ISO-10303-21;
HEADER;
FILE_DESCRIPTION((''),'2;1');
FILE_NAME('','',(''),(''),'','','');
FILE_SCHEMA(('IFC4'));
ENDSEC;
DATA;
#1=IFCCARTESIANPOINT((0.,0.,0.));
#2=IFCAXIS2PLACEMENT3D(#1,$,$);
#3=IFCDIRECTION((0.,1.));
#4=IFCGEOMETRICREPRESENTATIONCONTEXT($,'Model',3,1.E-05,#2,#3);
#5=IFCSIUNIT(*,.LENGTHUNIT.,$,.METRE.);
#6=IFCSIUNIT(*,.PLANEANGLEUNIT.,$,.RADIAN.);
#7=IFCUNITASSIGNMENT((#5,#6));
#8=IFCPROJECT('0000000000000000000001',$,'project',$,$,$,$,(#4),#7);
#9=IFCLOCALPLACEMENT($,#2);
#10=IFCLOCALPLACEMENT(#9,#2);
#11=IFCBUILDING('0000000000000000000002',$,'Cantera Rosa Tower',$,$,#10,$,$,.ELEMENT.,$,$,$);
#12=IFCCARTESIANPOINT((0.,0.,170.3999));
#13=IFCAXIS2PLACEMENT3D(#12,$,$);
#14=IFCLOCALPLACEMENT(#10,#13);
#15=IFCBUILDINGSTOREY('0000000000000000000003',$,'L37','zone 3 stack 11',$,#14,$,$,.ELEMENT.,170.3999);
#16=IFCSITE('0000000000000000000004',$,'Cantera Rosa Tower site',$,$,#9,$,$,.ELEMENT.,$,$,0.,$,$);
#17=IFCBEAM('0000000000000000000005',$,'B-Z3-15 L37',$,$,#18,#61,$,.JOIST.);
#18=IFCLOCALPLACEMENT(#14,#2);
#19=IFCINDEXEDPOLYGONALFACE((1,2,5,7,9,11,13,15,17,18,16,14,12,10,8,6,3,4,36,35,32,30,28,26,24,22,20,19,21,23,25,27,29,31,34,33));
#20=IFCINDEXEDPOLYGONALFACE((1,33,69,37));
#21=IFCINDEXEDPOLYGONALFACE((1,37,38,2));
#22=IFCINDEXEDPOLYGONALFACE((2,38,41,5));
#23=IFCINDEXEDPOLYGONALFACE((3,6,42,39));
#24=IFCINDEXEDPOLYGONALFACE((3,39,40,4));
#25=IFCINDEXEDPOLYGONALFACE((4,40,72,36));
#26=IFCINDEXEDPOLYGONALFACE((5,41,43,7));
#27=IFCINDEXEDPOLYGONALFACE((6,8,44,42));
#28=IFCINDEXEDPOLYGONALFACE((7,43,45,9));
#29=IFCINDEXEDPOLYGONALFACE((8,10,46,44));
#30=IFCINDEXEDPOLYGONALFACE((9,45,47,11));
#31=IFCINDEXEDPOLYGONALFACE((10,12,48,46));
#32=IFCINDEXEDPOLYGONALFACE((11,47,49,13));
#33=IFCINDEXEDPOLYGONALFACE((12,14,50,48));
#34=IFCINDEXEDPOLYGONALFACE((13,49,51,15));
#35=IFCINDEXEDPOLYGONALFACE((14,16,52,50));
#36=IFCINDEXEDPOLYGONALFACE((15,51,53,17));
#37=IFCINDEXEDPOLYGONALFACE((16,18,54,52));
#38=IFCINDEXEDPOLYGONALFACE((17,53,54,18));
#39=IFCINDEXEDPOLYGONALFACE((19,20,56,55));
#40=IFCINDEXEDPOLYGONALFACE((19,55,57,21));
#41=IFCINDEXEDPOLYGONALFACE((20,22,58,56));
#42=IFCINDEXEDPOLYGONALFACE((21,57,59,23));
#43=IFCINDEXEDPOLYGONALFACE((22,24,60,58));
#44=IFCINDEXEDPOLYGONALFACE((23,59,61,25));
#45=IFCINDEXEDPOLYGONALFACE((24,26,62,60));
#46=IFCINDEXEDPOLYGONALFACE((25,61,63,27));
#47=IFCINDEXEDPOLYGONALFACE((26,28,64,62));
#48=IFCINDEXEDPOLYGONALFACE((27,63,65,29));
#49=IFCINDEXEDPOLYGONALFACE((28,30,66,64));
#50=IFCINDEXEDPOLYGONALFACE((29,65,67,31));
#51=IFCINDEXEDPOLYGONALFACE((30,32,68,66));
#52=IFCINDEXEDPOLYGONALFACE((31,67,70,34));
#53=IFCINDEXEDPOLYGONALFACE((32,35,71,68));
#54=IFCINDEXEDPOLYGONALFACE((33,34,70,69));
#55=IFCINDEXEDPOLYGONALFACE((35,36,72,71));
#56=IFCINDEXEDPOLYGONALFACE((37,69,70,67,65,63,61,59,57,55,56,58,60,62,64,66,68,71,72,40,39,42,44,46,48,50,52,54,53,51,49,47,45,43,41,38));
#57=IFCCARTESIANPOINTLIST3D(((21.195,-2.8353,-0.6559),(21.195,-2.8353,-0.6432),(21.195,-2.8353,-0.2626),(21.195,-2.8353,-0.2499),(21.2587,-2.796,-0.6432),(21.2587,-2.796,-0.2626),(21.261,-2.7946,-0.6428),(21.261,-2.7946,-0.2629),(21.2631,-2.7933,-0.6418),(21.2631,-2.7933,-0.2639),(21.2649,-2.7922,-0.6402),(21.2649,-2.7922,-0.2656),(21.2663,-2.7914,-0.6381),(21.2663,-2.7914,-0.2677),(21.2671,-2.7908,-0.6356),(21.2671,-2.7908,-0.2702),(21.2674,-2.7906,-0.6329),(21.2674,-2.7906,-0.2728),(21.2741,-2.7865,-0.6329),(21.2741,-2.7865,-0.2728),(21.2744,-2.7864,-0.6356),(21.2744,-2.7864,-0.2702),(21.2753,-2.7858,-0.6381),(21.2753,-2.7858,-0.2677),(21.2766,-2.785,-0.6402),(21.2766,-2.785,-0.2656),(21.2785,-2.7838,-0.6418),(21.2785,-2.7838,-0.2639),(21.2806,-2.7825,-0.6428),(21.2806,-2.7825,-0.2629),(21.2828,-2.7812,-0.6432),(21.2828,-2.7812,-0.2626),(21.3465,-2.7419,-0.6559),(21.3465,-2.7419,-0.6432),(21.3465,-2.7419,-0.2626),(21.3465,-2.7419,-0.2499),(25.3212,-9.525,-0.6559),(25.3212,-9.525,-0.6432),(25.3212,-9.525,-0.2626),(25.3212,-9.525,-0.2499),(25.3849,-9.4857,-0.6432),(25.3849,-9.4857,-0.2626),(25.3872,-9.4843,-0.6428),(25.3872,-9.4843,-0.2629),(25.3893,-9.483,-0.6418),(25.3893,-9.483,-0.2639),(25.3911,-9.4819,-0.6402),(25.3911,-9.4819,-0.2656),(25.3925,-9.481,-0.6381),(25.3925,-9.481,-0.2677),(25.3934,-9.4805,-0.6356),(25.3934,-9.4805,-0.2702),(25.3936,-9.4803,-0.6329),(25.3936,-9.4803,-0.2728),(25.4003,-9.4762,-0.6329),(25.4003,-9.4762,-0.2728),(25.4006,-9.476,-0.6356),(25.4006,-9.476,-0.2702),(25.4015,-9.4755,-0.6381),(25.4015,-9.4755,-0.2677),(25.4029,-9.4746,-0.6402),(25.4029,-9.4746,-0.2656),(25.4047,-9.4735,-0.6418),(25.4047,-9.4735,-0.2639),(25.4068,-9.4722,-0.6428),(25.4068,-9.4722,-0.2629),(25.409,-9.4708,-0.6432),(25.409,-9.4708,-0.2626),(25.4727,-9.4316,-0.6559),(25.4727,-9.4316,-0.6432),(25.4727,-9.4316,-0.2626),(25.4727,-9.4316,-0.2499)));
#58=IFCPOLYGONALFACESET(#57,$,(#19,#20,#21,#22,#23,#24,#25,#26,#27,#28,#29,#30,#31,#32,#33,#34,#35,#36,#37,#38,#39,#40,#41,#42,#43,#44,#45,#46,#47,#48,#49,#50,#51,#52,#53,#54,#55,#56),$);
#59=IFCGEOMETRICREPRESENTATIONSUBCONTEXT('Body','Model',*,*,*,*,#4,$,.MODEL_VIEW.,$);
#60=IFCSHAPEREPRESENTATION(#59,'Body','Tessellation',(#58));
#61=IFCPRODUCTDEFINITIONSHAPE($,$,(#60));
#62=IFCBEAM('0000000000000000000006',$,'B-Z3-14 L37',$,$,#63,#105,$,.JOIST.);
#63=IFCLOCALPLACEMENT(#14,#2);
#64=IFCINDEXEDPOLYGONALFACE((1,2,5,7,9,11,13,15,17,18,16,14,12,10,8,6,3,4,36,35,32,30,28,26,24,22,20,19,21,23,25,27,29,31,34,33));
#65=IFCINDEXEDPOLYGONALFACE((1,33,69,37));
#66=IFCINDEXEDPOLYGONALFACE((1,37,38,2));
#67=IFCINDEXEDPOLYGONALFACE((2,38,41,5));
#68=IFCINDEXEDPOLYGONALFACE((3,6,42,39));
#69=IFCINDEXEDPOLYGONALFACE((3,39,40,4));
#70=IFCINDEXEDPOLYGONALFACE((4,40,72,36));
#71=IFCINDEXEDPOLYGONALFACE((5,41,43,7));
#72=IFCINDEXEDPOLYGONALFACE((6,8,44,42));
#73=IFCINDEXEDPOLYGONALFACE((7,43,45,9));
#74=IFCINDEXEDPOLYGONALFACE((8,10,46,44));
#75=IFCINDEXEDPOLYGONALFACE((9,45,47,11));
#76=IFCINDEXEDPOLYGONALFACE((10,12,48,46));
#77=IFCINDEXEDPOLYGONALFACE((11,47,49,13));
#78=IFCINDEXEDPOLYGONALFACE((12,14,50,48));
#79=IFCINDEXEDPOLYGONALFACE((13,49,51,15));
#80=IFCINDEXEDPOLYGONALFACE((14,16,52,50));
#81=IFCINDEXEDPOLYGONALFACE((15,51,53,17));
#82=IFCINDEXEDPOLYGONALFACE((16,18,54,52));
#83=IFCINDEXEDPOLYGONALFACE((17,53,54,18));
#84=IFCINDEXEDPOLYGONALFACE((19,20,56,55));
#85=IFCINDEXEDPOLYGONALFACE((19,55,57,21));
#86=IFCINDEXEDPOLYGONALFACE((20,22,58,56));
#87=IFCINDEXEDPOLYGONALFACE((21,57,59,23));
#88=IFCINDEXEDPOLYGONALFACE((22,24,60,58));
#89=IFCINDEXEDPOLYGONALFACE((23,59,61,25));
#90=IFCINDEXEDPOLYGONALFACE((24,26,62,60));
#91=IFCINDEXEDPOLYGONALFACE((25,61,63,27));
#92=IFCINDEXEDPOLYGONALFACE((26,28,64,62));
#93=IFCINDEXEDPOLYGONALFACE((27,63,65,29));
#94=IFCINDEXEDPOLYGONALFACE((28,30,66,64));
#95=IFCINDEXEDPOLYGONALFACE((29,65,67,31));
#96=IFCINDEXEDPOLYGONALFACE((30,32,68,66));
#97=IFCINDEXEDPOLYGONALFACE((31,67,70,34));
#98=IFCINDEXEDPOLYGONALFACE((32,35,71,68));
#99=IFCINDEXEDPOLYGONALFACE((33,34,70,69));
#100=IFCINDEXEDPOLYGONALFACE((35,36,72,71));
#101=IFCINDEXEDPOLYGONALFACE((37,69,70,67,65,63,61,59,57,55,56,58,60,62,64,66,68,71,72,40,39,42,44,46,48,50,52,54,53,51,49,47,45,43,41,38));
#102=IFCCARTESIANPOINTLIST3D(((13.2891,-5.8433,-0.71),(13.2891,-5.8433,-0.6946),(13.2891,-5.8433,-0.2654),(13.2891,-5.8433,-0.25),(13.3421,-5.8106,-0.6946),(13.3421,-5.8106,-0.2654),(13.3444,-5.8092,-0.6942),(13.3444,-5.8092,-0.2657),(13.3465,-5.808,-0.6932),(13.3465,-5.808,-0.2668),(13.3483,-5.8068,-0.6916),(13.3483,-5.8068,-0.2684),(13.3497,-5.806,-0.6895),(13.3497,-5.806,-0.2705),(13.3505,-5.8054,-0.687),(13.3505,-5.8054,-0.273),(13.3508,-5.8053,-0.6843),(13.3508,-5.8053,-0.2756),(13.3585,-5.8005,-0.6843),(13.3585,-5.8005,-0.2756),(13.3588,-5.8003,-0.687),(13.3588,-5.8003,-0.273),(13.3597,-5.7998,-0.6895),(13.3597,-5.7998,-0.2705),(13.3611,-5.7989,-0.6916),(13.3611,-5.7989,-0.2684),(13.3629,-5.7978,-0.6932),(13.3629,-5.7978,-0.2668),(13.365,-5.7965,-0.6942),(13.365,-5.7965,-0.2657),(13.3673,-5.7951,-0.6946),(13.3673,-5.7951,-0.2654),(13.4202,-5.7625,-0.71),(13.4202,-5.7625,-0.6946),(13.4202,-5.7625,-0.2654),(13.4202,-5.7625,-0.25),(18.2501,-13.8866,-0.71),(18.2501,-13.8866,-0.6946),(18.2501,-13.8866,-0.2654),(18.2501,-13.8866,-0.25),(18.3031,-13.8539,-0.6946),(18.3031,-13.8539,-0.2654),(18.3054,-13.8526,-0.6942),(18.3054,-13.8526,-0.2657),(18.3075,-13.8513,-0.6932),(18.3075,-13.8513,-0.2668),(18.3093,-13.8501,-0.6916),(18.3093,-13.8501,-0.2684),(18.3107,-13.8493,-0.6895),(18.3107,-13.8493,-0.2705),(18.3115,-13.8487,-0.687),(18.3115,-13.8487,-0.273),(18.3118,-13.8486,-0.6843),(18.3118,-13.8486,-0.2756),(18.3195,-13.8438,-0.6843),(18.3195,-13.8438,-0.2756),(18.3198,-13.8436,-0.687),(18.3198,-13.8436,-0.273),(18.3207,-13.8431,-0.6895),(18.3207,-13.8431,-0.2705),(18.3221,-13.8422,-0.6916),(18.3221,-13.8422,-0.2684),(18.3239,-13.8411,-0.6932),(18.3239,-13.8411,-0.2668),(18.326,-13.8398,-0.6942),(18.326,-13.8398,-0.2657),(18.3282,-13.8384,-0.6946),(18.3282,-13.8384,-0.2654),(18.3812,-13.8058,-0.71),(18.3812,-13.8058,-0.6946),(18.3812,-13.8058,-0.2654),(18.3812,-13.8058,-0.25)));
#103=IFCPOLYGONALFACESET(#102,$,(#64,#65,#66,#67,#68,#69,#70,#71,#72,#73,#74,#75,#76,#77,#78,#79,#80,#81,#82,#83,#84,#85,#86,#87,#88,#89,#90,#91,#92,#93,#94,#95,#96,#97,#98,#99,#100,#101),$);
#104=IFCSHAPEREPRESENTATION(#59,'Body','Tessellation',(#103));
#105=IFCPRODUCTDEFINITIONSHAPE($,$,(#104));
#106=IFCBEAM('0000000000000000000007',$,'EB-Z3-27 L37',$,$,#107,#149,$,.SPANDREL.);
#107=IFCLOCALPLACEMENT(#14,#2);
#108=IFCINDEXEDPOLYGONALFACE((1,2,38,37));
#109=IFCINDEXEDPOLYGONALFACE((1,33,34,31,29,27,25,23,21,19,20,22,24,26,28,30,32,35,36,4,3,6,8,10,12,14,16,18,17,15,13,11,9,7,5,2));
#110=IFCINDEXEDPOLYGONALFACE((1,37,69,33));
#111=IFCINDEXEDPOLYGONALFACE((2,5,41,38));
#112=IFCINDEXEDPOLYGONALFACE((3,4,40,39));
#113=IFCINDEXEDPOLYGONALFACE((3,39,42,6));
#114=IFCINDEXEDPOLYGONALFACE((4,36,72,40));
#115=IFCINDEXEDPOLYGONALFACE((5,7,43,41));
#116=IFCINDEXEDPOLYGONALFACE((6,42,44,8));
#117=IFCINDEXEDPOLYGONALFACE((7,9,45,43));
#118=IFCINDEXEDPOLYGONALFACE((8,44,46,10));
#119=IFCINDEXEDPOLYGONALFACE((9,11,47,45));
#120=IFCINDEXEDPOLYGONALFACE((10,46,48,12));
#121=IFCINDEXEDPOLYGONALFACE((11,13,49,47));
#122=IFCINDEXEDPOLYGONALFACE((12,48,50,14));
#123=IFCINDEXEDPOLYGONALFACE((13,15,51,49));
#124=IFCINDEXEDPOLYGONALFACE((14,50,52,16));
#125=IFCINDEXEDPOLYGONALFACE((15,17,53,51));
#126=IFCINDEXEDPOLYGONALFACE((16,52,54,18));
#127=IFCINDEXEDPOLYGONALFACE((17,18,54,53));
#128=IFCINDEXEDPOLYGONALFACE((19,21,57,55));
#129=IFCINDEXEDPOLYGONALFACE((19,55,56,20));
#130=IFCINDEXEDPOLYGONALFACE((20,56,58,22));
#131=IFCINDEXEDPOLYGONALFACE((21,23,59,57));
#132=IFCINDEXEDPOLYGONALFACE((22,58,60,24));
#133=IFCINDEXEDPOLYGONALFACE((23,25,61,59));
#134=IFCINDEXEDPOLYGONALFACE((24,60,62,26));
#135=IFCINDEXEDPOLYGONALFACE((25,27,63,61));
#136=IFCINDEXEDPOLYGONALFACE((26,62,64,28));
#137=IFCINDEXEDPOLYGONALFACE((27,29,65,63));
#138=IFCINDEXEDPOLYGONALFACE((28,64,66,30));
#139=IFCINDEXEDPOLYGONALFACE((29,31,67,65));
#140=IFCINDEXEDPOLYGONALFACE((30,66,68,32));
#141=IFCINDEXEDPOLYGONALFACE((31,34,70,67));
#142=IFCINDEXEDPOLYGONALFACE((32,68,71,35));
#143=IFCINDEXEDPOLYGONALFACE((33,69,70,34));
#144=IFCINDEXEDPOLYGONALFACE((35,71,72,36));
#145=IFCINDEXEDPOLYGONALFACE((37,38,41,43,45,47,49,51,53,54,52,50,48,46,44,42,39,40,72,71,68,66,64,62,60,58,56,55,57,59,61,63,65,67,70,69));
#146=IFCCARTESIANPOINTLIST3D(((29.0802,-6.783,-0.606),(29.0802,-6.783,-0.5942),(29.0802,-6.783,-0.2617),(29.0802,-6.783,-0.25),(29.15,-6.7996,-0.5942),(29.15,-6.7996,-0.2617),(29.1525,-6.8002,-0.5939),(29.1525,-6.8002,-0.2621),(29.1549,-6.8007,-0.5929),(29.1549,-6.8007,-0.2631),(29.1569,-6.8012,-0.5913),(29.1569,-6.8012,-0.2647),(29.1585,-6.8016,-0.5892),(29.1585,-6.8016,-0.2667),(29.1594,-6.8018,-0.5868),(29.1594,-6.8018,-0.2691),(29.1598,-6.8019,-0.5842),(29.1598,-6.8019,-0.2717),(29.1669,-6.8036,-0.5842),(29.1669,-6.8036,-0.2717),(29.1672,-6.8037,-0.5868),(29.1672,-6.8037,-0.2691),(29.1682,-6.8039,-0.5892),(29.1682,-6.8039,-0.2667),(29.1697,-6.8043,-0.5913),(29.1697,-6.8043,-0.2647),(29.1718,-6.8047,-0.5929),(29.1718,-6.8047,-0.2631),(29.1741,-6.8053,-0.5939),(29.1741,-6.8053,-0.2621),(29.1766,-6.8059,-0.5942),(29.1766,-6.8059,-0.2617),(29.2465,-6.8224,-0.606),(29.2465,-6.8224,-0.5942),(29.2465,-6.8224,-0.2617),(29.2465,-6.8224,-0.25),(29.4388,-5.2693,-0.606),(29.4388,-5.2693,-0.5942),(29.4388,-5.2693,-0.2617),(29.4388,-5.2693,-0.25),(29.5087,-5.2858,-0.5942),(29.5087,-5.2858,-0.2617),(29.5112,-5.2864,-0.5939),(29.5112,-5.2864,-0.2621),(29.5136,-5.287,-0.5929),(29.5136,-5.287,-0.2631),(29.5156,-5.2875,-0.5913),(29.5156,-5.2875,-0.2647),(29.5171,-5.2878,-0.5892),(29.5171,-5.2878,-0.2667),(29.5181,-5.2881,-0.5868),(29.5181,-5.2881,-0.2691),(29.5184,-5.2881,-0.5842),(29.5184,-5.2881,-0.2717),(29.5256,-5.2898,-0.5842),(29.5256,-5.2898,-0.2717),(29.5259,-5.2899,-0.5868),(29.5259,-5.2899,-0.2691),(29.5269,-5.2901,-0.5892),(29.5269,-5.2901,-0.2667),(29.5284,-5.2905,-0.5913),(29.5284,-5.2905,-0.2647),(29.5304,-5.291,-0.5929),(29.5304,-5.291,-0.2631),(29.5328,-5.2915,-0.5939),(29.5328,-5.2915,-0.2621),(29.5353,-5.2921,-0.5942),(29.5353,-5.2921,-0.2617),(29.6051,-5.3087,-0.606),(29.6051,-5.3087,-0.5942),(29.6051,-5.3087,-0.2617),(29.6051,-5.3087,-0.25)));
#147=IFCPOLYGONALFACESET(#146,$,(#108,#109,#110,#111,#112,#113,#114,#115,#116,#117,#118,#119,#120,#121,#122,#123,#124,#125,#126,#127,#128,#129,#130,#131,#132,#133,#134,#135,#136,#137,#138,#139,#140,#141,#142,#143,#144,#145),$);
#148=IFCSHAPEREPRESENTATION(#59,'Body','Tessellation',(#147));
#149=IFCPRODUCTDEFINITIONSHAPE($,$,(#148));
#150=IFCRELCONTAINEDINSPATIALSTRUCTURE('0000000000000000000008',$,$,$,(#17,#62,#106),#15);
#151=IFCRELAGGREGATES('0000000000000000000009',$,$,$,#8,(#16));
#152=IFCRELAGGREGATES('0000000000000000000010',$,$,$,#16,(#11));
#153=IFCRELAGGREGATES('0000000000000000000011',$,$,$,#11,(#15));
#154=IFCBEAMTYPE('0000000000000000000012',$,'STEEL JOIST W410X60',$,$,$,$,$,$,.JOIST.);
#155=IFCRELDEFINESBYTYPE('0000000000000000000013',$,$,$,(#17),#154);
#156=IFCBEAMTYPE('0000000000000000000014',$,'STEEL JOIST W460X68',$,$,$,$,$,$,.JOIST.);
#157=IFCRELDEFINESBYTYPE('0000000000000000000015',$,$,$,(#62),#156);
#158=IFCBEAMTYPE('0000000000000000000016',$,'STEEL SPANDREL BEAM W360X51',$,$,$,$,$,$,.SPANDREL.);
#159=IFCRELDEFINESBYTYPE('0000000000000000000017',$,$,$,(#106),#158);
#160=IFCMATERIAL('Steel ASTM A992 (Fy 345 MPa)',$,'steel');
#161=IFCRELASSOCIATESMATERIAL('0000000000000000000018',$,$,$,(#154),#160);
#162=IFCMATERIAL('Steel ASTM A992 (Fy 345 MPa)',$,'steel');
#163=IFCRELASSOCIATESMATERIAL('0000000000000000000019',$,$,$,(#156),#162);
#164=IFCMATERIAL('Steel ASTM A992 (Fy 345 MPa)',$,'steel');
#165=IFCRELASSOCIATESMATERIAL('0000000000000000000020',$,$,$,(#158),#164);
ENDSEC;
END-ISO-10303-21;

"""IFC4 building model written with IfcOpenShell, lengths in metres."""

from ifc_helpers import new_model, si_unit, direction, frame, origin, origin_2d, place, context, subcontext, project, spatial, i_section, extrude, material, material_profile, profile_set, type_object, element, save


model = new_model("IFC4")

# Units and contexts
model_context = context("Model", 3, precision=1e-05, world=origin(), true_north=direction((0.0, 1.0)))
body_context = subcontext(model_context, "Body", "Model", "MODEL_VIEW")
ifc_project = project(units=[si_unit("LENGTHUNIT", "METRE"), si_unit("PLANEANGLEUNIT", "RADIAN")], contexts=[model_context])

# Site, building, storey
site_placement = place(None, origin())
site = spatial("IfcSite", under=ifc_project, at=site_placement, Name="Cantera Rosa Tower site", CompositionType="ELEMENT", RefElevation=0.0)
building_placement = place(site_placement, origin())
building = spatial("IfcBuilding", under=site, at=building_placement, Name="Cantera Rosa Tower", CompositionType="ELEMENT")
storey_placement = place(building_placement, frame((0.0, 0.0, 170.3999)))
storey = spatial("IfcBuildingStorey", under=building, at=storey_placement, Name="L37", Description="zone 3 stack 11", CompositionType="ELEMENT", Elevation=170.3999)

# Beams
ifc_material_1 = material(Name="Steel ASTM A992 (Fy 345 MPa)", Category="steel")
ifc_material_profile_1 = material_profile(ifc_material_1, i_section(OverallWidth=0.178, OverallDepth=0.406, WebThickness=0.0078, FlangeThickness=0.0127, FilletRadius=0.0103, at=origin_2d()), Name="W410X60")
ifc_profile_set_1 = profile_set([ifc_material_profile_1], Name="Steel ASTM A992 (Fy 345 MPa)")
beam_type_1 = type_object("IfcBeamType", Name="STEEL JOIST W410X60", PredefinedType="JOIST", material=ifc_profile_set_1)
beam_1_placement = place(storey_placement, frame((25.397, -9.4783, -0.4529), z_axis=(-0.524972, 0.851119, 0.0), x_axis=(-0.851119, -0.524972, 0.0)))
element("IfcBeam", 1, at=beam_1_placement, inside=storey, type_object=beam_type_1, Name="B-Z3-15 L37", PredefinedType="JOIST", context=body_context, shape_type="SweptSolid", body=[
    extrude(i_section(OverallWidth=0.178, OverallDepth=0.406, WebThickness=0.0078, FlangeThickness=0.0127, FilletRadius=0.0103, at=origin_2d()), origin(), (0.0, 0.0, 1.0), 7.8599),
])
ifc_material_2 = material(Name="Steel ASTM A992 (Fy 345 MPa)", Category="steel")
ifc_material_profile_2 = material_profile(ifc_material_2, i_section(OverallWidth=0.1541, OverallDepth=0.46, WebThickness=0.009, FlangeThickness=0.0154, FilletRadius=0.0103, at=origin_2d()), Name="W460X68")
ifc_profile_set_2 = profile_set([ifc_material_profile_2], Name="Steel ASTM A992 (Fy 345 MPa)")
beam_type_2 = type_object("IfcBeamType", Name="STEEL JOIST W460X68", PredefinedType="JOIST", material=ifc_profile_set_2)
beam_2_placement = place(storey_placement, frame((18.3157, -13.8462, -0.48), z_axis=(-0.524962, 0.851126, 0.0), x_axis=(-0.851126, -0.524962, 0.0)))
element("IfcBeam", 2, at=beam_2_placement, inside=storey, type_object=beam_type_2, Name="B-Z3-14 L37", PredefinedType="JOIST", context=body_context, shape_type="SweptSolid", body=[
    extrude(i_section(OverallWidth=0.1541, OverallDepth=0.46, WebThickness=0.009, FlangeThickness=0.0154, FilletRadius=0.0103, at=origin_2d()), origin(), (0.0, 0.0, 1.0), 9.4502),
])
ifc_material_3 = material(Name="Steel ASTM A992 (Fy 345 MPa)", Category="steel")
ifc_material_profile_3 = material_profile(ifc_material_3, i_section(OverallWidth=0.1709, OverallDepth=0.356, WebThickness=0.0073, FlangeThickness=0.0117, FilletRadius=0.01, at=origin_2d()), Name="W360X51")
ifc_profile_set_3 = profile_set([ifc_material_profile_3], Name="Steel ASTM A992 (Fy 345 MPa)")
beam_type_3 = type_object("IfcBeamType", Name="STEEL SPANDREL BEAM W360X51", PredefinedType="SPANDREL", material=ifc_profile_set_3)
beam_3_placement = place(storey_placement, frame((29.1633, -6.8027, -0.428), z_axis=(0.230552, 0.97306, 0.0), x_axis=(-0.97306, 0.230552, 0.0)))
element("IfcBeam", 3, at=beam_3_placement, inside=storey, type_object=beam_type_3, Name="EB-Z3-27 L37", PredefinedType="SPANDREL", context=body_context, shape_type="SweptSolid", body=[
    extrude(i_section(OverallWidth=0.1709, OverallDepth=0.356, WebThickness=0.0073, FlangeThickness=0.0117, FilletRadius=0.01, at=origin_2d()), origin(), (0.0, 0.0, 1.0), 1.5557),
])

save(model, "model.ifc")
